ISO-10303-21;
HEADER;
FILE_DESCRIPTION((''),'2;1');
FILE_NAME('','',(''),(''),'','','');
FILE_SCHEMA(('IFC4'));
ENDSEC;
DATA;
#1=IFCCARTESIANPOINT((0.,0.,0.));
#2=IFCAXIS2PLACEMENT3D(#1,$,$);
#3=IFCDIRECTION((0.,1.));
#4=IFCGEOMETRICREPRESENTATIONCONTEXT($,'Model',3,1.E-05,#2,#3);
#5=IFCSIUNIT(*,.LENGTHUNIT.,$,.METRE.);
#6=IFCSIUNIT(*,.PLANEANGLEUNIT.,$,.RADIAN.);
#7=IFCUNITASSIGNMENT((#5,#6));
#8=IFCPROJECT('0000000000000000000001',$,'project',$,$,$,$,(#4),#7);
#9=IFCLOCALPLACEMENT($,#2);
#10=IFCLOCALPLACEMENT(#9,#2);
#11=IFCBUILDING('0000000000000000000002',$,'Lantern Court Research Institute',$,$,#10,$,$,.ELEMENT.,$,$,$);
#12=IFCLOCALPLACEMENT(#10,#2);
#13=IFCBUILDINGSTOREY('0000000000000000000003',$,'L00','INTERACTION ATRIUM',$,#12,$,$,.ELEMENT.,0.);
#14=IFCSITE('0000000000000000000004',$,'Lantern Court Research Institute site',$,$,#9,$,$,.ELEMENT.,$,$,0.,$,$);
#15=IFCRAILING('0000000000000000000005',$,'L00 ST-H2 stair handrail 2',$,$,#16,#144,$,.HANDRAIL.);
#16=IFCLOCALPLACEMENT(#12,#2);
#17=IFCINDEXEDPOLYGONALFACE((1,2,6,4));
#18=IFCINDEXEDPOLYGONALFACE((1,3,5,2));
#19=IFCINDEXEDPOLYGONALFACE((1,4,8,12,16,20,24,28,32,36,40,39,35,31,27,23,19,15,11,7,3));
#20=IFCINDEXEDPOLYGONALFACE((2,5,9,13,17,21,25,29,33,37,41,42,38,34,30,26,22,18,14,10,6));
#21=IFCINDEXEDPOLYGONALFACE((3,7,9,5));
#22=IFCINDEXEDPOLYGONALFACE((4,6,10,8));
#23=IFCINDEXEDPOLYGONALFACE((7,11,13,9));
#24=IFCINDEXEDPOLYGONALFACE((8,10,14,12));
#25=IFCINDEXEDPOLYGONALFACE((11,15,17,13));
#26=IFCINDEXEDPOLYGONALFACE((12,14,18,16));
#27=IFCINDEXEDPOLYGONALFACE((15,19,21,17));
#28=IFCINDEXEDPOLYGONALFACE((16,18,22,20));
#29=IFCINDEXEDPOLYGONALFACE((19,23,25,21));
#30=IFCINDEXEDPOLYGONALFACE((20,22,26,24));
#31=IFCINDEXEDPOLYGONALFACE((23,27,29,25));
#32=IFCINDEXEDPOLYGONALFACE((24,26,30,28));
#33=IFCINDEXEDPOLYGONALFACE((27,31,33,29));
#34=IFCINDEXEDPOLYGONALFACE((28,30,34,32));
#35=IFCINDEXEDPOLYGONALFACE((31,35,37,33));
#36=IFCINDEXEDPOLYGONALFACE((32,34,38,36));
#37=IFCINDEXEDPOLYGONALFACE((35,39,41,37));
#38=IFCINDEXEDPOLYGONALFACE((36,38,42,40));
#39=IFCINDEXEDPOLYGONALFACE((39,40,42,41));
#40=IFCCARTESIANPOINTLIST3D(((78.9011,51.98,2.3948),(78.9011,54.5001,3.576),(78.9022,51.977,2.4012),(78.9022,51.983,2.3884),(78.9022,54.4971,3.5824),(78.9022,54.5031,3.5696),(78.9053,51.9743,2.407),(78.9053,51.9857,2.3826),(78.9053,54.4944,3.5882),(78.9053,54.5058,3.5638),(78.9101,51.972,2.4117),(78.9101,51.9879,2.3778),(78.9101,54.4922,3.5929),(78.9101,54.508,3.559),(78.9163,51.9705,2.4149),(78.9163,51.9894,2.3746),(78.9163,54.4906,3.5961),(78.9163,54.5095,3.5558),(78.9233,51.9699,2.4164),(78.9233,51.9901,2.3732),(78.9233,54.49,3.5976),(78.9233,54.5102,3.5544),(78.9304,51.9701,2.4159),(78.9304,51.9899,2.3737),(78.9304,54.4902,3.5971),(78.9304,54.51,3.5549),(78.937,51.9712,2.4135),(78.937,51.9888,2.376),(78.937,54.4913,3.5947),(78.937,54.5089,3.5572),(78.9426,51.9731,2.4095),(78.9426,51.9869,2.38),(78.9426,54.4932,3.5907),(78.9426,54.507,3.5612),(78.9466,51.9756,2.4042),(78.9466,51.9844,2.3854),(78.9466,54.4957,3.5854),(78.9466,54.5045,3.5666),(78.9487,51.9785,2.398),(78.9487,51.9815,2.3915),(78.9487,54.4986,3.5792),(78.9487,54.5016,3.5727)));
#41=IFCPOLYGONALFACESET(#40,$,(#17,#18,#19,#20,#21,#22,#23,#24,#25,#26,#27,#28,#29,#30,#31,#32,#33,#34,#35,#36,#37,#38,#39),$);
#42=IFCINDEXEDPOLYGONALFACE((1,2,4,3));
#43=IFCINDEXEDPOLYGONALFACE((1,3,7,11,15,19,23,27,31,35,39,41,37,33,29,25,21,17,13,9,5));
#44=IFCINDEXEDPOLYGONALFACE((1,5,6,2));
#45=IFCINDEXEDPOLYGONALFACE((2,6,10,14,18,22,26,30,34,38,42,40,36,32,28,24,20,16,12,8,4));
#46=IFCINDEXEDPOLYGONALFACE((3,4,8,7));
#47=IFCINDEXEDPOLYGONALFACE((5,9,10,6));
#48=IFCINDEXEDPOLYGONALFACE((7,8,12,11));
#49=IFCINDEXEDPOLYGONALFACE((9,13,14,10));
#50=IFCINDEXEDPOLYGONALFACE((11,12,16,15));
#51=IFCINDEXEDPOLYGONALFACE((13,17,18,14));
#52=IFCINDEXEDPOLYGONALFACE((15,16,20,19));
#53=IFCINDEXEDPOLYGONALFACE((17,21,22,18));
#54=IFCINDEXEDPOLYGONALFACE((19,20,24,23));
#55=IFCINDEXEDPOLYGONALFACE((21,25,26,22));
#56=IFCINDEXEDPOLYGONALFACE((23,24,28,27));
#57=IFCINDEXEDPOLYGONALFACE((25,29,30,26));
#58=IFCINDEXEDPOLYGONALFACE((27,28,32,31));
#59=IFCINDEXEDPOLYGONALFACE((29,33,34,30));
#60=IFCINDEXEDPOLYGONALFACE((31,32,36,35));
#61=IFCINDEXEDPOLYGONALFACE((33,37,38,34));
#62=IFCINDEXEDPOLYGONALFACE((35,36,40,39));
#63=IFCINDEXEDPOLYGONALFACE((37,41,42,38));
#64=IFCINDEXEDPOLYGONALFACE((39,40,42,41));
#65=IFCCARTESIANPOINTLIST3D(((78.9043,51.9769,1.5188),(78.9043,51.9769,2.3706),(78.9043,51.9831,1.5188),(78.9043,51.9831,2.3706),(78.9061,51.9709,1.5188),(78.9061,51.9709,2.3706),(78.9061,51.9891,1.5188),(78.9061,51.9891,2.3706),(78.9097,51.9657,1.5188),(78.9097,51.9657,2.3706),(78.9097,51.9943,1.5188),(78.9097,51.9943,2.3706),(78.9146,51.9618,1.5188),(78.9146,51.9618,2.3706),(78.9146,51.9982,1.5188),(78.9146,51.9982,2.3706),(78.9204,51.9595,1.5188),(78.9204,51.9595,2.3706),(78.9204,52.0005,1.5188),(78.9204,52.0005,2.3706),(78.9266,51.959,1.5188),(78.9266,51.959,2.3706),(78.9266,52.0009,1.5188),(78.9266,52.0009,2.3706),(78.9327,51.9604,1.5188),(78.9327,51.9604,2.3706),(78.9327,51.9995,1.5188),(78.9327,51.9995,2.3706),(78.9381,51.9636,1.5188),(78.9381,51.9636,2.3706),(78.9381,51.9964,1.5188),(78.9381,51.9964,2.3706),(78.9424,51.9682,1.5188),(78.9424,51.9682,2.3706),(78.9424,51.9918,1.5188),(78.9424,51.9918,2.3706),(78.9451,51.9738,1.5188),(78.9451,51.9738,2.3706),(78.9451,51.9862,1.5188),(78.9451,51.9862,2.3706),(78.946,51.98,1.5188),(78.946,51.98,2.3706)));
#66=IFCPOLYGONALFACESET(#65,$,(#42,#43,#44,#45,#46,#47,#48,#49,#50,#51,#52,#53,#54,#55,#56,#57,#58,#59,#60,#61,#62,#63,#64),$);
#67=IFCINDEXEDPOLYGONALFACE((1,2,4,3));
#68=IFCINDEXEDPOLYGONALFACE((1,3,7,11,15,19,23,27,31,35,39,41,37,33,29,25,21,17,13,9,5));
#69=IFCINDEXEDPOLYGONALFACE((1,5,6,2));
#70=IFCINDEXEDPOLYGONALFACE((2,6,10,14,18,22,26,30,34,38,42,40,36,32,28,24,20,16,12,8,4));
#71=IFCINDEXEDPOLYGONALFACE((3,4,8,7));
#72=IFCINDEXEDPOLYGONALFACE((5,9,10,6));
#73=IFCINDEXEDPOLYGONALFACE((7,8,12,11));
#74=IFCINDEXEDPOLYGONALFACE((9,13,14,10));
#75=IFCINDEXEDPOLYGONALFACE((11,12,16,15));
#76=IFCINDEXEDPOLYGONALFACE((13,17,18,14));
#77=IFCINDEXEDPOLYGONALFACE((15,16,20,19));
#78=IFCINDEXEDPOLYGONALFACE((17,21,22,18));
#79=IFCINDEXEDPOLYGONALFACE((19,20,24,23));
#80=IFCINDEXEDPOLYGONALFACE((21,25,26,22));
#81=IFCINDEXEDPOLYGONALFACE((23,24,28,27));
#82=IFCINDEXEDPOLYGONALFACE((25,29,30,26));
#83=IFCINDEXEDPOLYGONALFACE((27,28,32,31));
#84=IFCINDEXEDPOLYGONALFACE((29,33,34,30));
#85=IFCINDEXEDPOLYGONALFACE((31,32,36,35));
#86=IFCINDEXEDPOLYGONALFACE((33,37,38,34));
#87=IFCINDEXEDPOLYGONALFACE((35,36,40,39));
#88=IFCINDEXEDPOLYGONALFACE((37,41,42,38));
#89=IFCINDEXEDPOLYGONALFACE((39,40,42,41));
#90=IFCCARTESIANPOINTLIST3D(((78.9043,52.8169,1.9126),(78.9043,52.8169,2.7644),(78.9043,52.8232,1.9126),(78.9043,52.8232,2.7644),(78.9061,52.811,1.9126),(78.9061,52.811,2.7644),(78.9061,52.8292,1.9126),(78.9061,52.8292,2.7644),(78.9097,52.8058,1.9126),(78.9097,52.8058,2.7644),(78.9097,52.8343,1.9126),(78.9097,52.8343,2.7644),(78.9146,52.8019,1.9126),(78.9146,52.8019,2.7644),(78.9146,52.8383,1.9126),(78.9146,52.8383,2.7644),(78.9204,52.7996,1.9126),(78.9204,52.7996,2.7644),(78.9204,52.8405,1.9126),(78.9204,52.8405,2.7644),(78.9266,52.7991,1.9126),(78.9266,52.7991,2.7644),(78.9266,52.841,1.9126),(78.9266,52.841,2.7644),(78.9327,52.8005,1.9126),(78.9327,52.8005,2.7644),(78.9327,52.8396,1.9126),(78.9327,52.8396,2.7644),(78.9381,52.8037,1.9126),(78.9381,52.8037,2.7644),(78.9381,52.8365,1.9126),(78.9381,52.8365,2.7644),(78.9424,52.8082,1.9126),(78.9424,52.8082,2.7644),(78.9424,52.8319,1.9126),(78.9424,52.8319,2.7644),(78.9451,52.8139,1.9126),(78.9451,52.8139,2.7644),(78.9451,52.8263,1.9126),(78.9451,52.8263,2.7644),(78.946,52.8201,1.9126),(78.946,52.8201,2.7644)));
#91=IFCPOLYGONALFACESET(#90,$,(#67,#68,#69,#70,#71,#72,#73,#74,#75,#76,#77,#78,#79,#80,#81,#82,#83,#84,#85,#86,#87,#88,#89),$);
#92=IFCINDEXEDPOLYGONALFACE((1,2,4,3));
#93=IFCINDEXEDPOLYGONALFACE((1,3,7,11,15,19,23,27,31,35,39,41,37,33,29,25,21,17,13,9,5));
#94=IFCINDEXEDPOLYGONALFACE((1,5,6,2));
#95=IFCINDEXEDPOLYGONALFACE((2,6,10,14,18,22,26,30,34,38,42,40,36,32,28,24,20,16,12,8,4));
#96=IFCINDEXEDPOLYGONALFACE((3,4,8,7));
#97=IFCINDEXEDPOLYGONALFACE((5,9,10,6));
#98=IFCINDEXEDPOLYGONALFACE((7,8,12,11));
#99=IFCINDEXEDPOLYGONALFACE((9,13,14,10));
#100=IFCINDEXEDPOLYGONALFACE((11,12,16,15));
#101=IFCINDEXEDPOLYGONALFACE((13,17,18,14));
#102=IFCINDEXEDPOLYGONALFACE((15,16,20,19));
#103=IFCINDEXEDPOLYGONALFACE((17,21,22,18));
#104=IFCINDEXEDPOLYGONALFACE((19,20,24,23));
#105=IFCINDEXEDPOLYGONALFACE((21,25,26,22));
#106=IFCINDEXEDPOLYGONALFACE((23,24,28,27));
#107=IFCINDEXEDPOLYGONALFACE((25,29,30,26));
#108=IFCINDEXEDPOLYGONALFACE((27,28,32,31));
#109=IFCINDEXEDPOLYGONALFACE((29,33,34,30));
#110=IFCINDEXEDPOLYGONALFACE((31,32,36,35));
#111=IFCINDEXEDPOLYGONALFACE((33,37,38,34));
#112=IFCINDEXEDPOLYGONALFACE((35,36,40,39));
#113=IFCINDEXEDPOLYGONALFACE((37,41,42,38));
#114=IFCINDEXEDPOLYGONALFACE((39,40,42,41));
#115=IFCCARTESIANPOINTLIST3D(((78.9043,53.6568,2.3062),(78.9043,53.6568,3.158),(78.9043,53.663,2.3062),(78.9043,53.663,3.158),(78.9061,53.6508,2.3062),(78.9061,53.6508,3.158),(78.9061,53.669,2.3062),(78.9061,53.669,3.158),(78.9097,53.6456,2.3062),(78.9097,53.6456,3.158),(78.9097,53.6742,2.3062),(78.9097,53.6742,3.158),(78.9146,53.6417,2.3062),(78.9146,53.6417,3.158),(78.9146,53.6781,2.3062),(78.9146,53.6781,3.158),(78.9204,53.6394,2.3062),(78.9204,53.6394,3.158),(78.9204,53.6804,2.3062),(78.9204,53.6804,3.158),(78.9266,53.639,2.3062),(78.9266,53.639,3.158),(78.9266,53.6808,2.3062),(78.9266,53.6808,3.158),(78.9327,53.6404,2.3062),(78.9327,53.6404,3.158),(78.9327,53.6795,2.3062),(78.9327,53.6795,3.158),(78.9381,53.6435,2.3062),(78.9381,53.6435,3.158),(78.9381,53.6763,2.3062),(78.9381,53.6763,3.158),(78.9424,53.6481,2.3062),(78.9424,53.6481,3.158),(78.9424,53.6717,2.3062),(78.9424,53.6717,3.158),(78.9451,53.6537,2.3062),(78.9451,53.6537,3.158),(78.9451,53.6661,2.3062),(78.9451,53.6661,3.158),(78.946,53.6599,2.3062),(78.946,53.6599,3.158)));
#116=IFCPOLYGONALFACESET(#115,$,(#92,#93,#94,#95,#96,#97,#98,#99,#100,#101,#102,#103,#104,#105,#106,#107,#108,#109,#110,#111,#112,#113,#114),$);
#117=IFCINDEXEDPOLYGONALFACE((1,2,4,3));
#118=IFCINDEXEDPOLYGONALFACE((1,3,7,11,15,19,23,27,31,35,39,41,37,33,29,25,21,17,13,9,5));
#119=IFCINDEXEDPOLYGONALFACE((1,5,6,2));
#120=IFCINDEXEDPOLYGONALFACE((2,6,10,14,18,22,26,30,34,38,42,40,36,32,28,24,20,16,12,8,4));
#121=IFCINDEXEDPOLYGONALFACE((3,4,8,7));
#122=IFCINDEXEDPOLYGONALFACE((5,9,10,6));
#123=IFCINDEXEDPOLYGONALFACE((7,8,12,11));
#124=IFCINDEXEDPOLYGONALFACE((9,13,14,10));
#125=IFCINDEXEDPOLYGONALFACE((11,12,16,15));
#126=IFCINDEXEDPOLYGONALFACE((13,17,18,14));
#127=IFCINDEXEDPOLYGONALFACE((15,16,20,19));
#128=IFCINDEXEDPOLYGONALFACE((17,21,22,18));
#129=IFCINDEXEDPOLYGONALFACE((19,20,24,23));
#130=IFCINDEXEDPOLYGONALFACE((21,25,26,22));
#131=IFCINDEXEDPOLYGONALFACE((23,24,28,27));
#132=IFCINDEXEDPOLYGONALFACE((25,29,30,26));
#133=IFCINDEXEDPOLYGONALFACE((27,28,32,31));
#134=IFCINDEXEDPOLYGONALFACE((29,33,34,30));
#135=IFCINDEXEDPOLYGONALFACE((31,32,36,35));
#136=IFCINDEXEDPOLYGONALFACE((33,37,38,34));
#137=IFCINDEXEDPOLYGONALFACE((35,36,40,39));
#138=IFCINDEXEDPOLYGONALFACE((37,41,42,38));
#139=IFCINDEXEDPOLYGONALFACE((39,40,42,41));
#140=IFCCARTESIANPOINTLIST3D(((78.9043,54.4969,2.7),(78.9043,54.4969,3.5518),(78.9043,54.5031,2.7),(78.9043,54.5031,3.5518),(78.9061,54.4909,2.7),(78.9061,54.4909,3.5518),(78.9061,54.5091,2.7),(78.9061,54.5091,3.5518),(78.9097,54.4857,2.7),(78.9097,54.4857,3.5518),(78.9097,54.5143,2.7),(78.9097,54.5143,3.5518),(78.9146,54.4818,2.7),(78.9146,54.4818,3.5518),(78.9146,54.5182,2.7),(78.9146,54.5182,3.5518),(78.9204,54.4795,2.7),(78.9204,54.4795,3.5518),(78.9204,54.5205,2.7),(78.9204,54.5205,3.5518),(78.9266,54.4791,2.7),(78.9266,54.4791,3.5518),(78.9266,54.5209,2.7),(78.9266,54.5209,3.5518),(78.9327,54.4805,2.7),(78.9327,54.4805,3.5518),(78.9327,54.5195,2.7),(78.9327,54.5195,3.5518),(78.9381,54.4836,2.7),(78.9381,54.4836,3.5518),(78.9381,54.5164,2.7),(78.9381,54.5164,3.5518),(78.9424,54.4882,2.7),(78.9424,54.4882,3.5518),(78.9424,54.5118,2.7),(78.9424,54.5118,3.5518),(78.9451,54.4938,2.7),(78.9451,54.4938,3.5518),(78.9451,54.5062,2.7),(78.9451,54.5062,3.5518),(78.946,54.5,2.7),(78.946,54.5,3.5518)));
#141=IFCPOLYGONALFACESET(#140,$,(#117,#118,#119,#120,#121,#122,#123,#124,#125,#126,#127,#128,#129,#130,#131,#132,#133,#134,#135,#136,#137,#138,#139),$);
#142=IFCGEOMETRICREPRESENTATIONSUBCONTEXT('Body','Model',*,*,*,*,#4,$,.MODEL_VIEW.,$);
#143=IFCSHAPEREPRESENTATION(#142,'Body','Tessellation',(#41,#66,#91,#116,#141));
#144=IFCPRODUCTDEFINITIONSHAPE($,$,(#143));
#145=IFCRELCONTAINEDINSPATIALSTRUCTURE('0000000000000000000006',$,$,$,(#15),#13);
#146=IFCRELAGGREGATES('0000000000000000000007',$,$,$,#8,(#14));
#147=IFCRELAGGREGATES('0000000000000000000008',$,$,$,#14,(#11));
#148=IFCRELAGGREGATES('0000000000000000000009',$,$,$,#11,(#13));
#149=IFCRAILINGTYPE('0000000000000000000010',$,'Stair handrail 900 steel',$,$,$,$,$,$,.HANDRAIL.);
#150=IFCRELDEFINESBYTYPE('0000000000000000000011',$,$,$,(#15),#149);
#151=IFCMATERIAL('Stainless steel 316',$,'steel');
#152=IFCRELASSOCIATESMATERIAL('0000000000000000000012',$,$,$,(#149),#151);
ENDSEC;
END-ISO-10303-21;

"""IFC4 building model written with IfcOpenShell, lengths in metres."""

from ifc_helpers import new_model, si_unit, direction, frame, origin, origin_2d, place, context, subcontext, project, spatial, circle, extrude, material, type_object, element, save


model = new_model("IFC4")

# Units and contexts
model_context = context("Model", 3, precision=1e-05, world=origin(), true_north=direction((0.0, 1.0)))
body_context = subcontext(model_context, "Body", "Model", "MODEL_VIEW")
ifc_project = project(units=[si_unit("LENGTHUNIT", "METRE"), si_unit("PLANEANGLEUNIT", "RADIAN")], contexts=[model_context])

# Site, building, storey
site_placement = place(None, origin())
site = spatial("IfcSite", under=ifc_project, at=site_placement, Name="Lantern Court Research Institute site", CompositionType="ELEMENT", RefElevation=0.0)
building_placement = place(site_placement, origin())
building = spatial("IfcBuilding", under=site, at=building_placement, Name="Lantern Court Research Institute", CompositionType="ELEMENT")
storey_placement = place(building_placement, origin())
storey = spatial("IfcBuildingStorey", under=building, at=storey_placement, Name="L00", Description="INTERACTION ATRIUM", CompositionType="ELEMENT", Elevation=0.0)

# Railing
ifc_material_1 = material(Name="Stainless steel 316", Category="steel")
railing_type_1 = type_object("IfcRailingType", Name="Stair handrail 900 steel", PredefinedType="HANDRAIL", material=ifc_material_1)
for number, where, name in (
    (1, (78.925, 51.98, 1.5188), "L00 ST-H2 stair handrail 2"),
):
    element("IfcRailing", number, at=place(storey_placement, frame(where)), inside=storey, type_object=railing_type_1, Name=name, PredefinedType="HANDRAIL", context=body_context, shape_type="SweptSolid", body=[
        extrude(circle(Radius=0.0239, at=origin_2d()), frame((0.0, 0.0, 0.876), z_axis=(0.0, 0.905474, 0.424402), x_axis=(-1.0, 0.0, 0.0)), (0.0, 0.0, 1.0), 2.7832),
        extrude(circle(Radius=0.021, at=origin_2d()), origin(), (0.0, 0.0, 1.0), 0.8518),
        extrude(circle(Radius=0.021, at=origin_2d()), frame((0.0, 0.8401, 0.3938)), (0.0, 0.0, 1.0), 0.8518),
        extrude(circle(Radius=0.021, at=origin_2d()), frame((0.0, 1.6799, 0.7874)), (0.0, 0.0, 1.0), 0.8518),
        extrude(circle(Radius=0.021, at=origin_2d()), frame((0.0, 2.52, 1.1812)), (0.0, 0.0, 1.0), 0.8518),
    ])

save(model, "model.ifc")
